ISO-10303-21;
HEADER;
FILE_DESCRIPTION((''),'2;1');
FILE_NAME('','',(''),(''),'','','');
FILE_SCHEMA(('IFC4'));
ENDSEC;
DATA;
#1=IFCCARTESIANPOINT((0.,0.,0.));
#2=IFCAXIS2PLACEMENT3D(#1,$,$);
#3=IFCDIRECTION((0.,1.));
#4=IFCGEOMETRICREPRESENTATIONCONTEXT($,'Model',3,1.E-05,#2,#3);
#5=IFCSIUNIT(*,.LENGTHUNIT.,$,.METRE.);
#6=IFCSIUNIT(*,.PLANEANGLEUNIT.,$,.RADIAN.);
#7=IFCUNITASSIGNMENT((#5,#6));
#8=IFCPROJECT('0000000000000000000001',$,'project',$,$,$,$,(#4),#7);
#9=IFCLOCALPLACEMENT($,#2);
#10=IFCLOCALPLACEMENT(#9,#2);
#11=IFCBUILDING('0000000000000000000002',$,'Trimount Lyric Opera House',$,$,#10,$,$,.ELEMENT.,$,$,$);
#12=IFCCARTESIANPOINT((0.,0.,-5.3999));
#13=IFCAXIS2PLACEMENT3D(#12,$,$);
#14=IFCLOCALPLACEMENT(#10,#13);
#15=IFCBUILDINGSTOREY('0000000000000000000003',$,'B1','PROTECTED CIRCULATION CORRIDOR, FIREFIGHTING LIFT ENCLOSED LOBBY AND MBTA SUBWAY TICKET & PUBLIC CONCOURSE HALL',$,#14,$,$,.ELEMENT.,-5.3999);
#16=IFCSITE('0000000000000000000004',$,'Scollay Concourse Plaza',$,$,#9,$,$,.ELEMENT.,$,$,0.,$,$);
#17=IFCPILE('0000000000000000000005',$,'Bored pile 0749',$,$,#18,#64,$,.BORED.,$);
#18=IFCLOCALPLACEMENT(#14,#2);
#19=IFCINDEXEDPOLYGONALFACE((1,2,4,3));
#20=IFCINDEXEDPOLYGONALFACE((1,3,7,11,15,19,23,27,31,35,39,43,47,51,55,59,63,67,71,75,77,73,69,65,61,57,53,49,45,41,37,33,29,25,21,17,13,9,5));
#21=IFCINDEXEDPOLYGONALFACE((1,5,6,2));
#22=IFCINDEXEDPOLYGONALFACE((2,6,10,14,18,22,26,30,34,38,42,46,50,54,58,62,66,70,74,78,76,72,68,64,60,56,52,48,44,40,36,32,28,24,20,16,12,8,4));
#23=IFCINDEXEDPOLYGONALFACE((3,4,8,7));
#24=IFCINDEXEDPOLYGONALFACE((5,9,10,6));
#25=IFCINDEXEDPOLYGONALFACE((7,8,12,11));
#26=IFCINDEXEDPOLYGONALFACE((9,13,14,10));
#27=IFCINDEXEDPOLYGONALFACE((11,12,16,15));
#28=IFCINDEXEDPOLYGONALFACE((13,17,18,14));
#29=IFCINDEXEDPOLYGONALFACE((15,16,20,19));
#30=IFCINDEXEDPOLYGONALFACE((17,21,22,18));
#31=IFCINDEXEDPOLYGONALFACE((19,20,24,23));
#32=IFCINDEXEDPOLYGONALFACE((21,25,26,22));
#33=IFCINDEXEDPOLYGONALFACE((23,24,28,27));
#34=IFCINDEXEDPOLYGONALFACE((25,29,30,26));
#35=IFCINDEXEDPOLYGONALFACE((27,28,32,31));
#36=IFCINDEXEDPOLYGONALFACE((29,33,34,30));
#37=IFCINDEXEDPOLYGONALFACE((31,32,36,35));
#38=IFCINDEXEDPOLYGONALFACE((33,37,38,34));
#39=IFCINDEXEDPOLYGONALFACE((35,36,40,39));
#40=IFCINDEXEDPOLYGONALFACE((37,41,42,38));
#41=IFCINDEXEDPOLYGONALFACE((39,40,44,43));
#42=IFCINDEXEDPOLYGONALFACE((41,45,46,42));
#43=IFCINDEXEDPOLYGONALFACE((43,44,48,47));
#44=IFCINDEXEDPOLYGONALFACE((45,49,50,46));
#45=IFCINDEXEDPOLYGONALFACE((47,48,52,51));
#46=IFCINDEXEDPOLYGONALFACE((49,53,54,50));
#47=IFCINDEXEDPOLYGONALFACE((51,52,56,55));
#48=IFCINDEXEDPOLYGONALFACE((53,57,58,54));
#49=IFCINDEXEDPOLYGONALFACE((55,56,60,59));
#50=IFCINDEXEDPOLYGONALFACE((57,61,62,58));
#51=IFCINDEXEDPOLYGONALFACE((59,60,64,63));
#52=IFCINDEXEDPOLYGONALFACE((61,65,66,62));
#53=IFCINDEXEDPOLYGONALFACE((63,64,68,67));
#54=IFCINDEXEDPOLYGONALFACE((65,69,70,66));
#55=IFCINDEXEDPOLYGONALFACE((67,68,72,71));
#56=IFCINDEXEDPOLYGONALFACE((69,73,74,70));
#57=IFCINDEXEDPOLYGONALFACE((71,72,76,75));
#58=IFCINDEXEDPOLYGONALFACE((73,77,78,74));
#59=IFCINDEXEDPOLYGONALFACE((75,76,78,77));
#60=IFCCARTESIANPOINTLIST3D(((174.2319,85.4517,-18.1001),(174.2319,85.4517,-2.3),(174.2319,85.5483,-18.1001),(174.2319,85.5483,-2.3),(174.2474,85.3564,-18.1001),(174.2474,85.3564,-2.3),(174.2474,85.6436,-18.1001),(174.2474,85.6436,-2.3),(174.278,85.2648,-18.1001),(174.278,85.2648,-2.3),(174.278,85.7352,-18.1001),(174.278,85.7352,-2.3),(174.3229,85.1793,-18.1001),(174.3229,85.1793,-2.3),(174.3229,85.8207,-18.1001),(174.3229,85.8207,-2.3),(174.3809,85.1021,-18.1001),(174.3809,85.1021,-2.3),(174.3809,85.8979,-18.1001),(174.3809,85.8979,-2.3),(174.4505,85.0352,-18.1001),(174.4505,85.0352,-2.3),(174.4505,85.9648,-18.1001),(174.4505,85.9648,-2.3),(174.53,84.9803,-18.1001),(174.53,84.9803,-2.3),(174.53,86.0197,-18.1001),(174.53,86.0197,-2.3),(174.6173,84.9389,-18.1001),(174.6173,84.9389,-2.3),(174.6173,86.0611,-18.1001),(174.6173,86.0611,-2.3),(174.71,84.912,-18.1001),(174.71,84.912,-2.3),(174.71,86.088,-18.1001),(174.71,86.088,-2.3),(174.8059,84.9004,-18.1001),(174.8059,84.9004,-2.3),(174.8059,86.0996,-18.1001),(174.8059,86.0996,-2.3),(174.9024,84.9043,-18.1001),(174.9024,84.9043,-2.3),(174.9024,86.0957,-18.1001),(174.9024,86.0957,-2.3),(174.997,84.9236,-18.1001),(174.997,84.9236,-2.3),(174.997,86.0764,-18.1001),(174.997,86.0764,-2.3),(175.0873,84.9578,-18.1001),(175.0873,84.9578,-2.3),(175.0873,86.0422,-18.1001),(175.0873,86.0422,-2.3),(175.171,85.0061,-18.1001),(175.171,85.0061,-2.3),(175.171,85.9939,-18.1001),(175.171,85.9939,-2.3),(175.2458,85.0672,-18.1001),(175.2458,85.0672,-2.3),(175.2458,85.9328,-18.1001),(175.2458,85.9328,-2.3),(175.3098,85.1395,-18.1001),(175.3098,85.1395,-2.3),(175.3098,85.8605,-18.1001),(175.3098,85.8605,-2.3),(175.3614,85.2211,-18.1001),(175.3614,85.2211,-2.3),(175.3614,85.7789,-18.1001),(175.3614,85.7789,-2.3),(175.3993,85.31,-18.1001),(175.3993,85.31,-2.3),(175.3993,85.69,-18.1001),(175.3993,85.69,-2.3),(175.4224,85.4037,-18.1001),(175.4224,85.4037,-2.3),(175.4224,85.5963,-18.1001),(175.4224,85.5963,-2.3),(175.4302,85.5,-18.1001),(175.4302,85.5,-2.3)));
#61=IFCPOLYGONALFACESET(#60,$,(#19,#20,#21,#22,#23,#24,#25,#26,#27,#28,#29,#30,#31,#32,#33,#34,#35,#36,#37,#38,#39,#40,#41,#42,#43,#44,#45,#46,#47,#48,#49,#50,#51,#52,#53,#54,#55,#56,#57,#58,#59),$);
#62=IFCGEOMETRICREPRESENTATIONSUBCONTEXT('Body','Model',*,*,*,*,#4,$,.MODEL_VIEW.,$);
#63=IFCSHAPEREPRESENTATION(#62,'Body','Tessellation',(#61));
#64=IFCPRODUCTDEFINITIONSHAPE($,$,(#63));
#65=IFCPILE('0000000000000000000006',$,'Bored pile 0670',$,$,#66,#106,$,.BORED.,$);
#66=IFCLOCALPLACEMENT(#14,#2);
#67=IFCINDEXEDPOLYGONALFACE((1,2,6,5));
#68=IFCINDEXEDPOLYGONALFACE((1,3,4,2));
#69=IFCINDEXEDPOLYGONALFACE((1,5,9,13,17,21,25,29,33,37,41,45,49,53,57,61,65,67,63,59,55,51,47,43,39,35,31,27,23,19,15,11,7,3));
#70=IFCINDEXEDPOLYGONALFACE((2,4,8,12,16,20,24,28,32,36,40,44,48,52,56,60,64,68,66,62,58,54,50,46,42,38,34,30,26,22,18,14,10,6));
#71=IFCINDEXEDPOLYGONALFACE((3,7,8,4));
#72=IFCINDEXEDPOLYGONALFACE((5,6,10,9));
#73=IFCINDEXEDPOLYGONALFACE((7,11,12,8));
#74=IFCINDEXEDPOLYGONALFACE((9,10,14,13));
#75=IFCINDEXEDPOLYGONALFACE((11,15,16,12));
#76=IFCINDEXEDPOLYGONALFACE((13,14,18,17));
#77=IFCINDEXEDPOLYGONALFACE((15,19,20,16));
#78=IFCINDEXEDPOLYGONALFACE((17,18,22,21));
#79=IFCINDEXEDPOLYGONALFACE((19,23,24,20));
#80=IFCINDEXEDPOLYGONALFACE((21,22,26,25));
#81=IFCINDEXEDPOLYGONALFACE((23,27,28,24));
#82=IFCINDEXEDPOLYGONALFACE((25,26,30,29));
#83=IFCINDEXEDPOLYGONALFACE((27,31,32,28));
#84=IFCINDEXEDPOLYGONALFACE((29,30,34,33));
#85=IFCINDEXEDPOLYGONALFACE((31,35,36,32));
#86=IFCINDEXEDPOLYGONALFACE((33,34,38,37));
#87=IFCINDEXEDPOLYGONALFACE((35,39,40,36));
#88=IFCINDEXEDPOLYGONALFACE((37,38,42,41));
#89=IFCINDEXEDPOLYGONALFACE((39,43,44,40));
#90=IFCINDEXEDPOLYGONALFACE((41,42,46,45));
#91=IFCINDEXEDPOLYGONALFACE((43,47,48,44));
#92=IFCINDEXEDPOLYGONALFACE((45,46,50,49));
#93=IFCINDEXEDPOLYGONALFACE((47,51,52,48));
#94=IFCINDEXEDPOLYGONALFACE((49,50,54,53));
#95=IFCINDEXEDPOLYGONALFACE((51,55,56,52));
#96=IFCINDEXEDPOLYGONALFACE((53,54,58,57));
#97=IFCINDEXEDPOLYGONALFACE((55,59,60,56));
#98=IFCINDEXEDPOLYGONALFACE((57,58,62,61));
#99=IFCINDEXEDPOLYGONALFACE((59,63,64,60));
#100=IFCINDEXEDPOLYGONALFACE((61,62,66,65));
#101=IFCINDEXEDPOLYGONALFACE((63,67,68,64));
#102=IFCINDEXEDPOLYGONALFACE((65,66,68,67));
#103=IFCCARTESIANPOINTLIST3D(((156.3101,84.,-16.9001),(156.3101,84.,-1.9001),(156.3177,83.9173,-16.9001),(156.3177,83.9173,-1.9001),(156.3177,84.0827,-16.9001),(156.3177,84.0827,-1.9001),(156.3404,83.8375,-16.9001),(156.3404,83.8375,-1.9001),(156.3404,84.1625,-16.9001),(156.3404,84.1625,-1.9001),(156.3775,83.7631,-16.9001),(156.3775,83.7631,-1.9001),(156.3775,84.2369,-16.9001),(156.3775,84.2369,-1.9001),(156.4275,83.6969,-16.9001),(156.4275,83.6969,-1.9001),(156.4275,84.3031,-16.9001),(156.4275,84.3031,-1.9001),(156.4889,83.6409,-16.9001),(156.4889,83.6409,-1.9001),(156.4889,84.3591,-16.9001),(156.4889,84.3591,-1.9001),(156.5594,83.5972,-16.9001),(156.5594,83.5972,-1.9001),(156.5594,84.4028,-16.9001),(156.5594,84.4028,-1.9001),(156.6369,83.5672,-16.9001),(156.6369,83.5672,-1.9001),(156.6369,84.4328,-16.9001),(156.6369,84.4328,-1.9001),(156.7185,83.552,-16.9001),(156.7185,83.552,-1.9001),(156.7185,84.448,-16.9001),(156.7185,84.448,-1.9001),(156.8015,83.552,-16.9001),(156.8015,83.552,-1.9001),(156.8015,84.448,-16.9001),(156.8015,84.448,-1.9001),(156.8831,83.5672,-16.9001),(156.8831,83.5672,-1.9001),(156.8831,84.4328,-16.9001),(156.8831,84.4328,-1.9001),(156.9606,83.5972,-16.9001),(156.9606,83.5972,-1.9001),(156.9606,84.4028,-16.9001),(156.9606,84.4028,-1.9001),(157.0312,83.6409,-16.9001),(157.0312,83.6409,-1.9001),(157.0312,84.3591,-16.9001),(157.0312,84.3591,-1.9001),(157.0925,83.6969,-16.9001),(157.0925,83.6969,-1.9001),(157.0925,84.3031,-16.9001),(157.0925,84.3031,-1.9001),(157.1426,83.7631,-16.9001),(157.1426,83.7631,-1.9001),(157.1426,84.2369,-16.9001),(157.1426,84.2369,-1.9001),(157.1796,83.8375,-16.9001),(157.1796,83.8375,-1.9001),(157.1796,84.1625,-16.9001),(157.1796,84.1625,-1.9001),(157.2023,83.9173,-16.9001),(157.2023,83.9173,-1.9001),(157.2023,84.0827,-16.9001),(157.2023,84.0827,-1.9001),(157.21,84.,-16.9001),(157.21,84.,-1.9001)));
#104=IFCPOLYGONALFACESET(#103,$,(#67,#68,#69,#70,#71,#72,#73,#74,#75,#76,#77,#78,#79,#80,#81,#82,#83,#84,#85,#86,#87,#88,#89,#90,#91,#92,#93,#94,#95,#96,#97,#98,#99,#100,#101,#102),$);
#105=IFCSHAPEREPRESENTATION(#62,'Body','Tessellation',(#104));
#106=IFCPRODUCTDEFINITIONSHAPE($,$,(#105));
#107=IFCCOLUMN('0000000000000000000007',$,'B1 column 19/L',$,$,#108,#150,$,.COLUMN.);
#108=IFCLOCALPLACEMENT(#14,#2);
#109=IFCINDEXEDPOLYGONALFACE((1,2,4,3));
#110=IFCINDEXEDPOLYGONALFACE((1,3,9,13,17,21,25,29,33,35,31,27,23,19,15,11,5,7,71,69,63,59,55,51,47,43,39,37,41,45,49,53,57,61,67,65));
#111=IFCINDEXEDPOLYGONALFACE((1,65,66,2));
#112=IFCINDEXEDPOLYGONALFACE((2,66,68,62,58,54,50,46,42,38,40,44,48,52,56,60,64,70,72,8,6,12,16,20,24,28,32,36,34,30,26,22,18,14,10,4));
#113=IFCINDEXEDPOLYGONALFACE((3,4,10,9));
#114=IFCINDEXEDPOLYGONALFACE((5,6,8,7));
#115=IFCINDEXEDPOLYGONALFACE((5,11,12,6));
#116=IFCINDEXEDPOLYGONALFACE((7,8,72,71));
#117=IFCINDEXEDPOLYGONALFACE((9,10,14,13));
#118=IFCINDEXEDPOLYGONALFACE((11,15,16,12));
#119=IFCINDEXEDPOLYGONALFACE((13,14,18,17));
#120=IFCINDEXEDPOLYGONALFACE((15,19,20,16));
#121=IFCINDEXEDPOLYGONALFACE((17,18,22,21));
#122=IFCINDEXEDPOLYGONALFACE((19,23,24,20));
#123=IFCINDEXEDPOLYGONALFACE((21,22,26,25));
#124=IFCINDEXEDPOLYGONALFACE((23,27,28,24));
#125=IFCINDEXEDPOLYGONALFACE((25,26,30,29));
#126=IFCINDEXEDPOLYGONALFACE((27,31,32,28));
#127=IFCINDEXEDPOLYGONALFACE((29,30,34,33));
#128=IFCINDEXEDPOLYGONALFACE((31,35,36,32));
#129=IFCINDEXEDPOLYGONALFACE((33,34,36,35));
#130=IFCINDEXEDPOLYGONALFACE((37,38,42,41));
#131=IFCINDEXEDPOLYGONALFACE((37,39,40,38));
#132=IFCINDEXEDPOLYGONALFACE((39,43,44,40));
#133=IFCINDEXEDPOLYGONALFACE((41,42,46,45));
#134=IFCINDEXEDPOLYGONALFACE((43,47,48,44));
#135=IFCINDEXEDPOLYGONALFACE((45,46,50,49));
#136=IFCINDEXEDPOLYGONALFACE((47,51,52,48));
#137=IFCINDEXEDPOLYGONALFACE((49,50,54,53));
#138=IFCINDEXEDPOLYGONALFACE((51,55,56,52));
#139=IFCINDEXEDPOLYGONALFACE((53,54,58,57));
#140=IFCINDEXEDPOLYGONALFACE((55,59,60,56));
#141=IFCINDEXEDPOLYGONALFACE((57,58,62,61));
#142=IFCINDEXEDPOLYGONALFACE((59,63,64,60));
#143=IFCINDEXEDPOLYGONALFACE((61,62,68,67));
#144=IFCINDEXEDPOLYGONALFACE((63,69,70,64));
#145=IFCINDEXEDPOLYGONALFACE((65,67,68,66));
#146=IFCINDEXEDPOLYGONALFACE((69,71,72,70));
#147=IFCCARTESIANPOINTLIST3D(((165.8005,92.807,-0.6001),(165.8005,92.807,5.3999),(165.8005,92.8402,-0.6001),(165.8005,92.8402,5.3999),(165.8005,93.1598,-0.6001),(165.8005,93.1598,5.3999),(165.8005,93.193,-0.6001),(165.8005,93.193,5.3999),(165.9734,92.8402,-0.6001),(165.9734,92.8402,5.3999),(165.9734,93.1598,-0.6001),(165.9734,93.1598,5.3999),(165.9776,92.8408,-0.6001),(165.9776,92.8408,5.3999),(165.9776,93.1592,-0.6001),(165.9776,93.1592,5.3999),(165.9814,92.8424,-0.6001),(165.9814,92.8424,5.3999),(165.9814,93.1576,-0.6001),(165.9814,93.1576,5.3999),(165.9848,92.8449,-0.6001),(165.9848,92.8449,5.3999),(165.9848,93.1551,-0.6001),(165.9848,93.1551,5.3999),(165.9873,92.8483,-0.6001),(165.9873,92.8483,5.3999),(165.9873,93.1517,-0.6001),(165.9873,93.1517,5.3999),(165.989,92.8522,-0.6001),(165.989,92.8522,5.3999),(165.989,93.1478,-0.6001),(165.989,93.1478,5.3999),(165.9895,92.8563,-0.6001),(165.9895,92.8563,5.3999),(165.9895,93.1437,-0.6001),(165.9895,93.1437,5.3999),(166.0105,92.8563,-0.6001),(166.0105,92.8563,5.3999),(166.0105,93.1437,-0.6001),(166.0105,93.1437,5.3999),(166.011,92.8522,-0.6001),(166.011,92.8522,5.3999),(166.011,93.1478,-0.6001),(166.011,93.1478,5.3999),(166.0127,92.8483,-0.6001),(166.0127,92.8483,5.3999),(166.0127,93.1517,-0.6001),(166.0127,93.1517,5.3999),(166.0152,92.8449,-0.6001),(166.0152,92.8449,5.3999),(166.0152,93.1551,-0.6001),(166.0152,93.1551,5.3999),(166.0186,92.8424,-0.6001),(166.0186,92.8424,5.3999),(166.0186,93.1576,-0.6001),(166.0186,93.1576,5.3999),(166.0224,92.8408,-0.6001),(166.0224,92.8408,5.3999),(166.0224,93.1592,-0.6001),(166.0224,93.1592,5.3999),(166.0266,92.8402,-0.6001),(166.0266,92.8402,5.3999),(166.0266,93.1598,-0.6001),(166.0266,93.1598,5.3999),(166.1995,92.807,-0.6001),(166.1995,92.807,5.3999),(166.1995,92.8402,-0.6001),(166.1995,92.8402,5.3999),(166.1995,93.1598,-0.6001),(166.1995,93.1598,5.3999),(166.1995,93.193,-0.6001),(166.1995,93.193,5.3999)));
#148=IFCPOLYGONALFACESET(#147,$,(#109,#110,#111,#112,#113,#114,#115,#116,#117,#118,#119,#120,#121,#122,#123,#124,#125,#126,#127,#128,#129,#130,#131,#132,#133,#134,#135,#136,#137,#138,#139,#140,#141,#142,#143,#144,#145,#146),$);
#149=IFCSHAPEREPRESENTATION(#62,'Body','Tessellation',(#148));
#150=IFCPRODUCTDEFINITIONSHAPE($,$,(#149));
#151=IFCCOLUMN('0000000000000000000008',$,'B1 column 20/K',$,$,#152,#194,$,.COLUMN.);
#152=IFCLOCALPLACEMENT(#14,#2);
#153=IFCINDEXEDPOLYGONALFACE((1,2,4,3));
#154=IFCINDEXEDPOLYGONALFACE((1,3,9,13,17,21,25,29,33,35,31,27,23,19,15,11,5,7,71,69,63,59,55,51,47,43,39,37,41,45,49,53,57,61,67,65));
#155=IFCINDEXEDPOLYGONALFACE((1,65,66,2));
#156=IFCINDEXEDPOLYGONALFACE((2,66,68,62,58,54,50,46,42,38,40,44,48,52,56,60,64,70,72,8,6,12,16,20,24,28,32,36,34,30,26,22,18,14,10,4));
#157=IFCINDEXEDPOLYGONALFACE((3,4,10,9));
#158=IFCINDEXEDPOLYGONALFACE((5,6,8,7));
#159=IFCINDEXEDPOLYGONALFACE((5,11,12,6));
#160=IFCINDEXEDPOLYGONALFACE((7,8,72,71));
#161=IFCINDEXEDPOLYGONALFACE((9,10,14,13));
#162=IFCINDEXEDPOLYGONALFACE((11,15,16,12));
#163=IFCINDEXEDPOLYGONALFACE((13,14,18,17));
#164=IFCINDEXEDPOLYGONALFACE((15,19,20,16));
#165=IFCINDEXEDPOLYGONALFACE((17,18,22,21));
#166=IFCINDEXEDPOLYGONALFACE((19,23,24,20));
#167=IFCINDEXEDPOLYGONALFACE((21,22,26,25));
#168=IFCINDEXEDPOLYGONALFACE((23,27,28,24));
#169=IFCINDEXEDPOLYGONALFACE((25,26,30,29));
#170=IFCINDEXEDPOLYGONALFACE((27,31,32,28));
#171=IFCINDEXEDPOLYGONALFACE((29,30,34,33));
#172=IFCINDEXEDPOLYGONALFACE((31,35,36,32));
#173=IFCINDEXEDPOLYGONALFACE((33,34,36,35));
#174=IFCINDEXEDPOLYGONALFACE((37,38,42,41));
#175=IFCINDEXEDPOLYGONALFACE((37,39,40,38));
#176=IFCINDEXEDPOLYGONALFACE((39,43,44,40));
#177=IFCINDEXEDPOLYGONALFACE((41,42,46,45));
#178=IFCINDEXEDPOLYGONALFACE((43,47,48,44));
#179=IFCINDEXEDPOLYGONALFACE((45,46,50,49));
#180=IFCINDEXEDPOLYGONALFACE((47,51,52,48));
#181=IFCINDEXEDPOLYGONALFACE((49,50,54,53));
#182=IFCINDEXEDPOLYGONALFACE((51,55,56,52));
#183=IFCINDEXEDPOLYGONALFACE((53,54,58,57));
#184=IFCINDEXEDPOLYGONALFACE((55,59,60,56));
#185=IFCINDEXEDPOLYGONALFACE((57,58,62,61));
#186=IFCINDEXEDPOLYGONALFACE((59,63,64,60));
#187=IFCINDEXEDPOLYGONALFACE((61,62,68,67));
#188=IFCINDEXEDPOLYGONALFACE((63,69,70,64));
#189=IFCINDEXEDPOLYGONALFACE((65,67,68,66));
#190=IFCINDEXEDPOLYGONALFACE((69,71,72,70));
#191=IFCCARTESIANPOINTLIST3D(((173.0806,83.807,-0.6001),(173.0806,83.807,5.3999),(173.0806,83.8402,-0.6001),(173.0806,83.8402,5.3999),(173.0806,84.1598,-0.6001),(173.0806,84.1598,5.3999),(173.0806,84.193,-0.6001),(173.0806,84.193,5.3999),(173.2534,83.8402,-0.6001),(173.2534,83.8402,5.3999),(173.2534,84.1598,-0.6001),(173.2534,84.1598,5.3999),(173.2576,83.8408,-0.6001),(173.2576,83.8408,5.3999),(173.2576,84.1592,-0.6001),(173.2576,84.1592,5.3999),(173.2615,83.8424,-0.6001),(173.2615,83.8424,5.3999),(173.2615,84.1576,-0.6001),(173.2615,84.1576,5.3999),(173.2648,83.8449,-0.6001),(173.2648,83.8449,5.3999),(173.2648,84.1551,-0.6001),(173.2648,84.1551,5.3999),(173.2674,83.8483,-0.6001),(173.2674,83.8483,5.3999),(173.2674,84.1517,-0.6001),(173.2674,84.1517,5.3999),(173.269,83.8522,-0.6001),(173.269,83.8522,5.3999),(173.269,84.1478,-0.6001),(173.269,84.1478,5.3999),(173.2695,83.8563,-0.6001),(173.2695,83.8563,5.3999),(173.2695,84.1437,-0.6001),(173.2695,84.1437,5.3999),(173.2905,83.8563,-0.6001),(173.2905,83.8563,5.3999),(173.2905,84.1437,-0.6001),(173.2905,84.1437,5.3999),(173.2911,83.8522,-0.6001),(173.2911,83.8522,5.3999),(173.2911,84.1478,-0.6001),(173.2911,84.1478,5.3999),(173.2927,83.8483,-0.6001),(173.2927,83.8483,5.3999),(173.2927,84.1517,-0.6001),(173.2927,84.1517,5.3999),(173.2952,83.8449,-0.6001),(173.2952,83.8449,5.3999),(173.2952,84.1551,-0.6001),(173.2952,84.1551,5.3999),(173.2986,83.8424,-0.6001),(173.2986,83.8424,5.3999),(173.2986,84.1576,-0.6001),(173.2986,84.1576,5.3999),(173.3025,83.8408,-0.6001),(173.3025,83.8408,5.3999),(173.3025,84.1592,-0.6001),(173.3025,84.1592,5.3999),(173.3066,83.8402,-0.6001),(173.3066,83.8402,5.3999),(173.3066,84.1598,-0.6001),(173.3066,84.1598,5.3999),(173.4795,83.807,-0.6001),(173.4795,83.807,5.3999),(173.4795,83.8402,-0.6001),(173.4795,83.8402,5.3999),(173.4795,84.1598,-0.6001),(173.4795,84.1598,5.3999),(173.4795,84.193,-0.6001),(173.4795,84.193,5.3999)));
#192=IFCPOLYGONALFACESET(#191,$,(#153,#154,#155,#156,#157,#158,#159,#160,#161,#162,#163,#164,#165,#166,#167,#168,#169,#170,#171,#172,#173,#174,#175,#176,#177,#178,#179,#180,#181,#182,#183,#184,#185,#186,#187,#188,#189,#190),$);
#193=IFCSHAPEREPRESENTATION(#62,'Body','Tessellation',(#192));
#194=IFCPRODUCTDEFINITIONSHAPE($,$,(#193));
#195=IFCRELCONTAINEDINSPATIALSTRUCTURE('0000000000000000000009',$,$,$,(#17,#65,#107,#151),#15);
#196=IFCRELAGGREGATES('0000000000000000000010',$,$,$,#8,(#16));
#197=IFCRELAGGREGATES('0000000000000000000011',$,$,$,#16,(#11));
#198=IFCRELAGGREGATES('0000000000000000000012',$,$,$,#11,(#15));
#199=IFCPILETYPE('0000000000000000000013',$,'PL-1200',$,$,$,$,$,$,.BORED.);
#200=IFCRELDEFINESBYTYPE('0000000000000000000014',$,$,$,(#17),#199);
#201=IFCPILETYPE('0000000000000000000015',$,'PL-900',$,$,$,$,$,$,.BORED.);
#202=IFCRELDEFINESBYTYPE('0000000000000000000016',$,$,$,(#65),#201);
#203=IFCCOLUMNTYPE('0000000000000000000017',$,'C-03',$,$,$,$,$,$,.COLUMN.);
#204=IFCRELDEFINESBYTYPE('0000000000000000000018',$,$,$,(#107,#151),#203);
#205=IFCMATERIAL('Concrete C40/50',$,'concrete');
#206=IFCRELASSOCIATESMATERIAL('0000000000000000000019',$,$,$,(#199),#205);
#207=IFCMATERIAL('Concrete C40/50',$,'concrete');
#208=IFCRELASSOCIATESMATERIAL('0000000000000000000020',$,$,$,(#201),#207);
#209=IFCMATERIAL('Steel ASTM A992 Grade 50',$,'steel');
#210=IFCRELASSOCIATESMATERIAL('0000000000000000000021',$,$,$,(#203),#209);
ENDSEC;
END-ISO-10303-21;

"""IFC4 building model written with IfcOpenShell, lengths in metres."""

from ifc_helpers import new_model, si_unit, direction, frame, origin, origin_2d, place, context, subcontext, project, spatial, circle, i_section, extrude, material, material_profile, profile_set, type_object, element, save


model = new_model("IFC4")

# Units and contexts
model_context = context("Model", 3, precision=1e-05, world=origin(), true_north=direction((0.0, 1.0)))
body_context = subcontext(model_context, "Body", "Model", "MODEL_VIEW")
ifc_project = project(units=[si_unit("LENGTHUNIT", "METRE"), si_unit("PLANEANGLEUNIT", "RADIAN")], contexts=[model_context])

# Site, building, storey
site_placement = place(None, origin())
site = spatial("IfcSite", under=ifc_project, at=site_placement, Name="Scollay Concourse Plaza", CompositionType="ELEMENT", RefElevation=0.0)
building_placement = place(site_placement, origin())
building = spatial("IfcBuilding", under=site, at=building_placement, Name="Trimount Lyric Opera House", CompositionType="ELEMENT")
storey_placement = place(building_placement, frame((0.0, 0.0, -5.3999)))
storey = spatial("IfcBuildingStorey", under=building, at=storey_placement, Name="B1", Description="PROTECTED CIRCULATION CORRIDOR, FIREFIGHTING LIFT ENCLOSED LOBBY AND MBTA SUBWAY TICKET & PUBLIC CONCOURSE HALL", CompositionType="ELEMENT", Elevation=-5.3999)

# Piles
ifc_material_1 = material(Name="Concrete C40/50", Category="concrete")
ifc_material_profile_1 = material_profile(ifc_material_1, circle(Radius=0.6001, at=origin_2d()), Name="PILE-D1200")
ifc_profile_set_1 = profile_set([ifc_material_profile_1], Name="Concrete C40/50")
pile_type_1 = type_object("IfcPileType", Name="PL-1200", PredefinedType="BORED", material=ifc_profile_set_1)
for number, where, z_axis, x_axis, name in (
    (1, (174.8301, 85.5, -2.3), (0.0, 0.0, -1.0), (1.0, 0.0, 0.0), "Bored pile 0749"),
):
    element("IfcPile", number, at=place(storey_placement, frame(where, z_axis=z_axis, x_axis=x_axis)), inside=storey, type_object=pile_type_1, Name=name, PredefinedType="BORED", context=body_context, shape_type="SweptSolid", body=[
        extrude(circle(Radius=0.6001, at=origin_2d()), origin(), (0.0, 0.0, 1.0), 15.8),
    ])
ifc_material_2 = material(Name="Concrete C40/50", Category="concrete")
ifc_material_profile_2 = material_profile(ifc_material_2, circle(Radius=0.45, at=origin_2d()), Name="PILE-D900")
ifc_profile_set_2 = profile_set([ifc_material_profile_2], Name="Concrete C40/50")
pile_type_2 = type_object("IfcPileType", Name="PL-900", PredefinedType="BORED", material=ifc_profile_set_2)
pile_placement = place(storey_placement, frame((156.76, 84.0, -1.9001), z_axis=(0.0, 0.0, -1.0), x_axis=(1.0, 0.0, 0.0)))
element("IfcPile", 2, at=pile_placement, inside=storey, type_object=pile_type_2, Name="Bored pile 0670", PredefinedType="BORED", context=body_context, shape_type="SweptSolid", body=[
    extrude(circle(Radius=0.45, at=origin_2d()), origin(), (0.0, 0.0, 1.0), 15.0),
])

# Columns
ifc_material_3 = material(Name="Steel ASTM A992 Grade 50", Category="steel")
ifc_material_profile_3 = material_profile(ifc_material_3, i_section(OverallWidth=0.3989, OverallDepth=0.386, WebThickness=0.021, FlangeThickness=0.0332, FilletRadius=0.0161, at=origin_2d()), Name="W14X176")
ifc_profile_set_3 = profile_set([ifc_material_profile_3], Name="Steel ASTM A992 Grade 50")
column_type_1 = type_object("IfcColumnType", Name="C-03", PredefinedType="COLUMN", material=ifc_profile_set_3)
for number, where, z_axis, x_axis, name in (
    (3, (166.0, 93.0, -0.6001), (0.0, 0.0, 1.0), (1.0, 0.0, 0.0), "B1 column 19/L"),
    (4, (173.28, 84.0, -0.6001), (0.0, 0.0, 1.0), (1.0, 0.0, 0.0), "B1 column 20/K"),
):
    element("IfcColumn", number, at=place(storey_placement, frame(where, z_axis=z_axis, x_axis=x_axis)), inside=storey, type_object=column_type_1, Name=name, PredefinedType="COLUMN", context=body_context, shape_type="SweptSolid", body=[
        extrude(i_section(OverallWidth=0.3989, OverallDepth=0.386, WebThickness=0.021, FlangeThickness=0.0332, FilletRadius=0.0161, at=origin_2d()), origin(), (0.0, 0.0, 1.0), 6.0),
    ])

save(model, "model.ifc")
